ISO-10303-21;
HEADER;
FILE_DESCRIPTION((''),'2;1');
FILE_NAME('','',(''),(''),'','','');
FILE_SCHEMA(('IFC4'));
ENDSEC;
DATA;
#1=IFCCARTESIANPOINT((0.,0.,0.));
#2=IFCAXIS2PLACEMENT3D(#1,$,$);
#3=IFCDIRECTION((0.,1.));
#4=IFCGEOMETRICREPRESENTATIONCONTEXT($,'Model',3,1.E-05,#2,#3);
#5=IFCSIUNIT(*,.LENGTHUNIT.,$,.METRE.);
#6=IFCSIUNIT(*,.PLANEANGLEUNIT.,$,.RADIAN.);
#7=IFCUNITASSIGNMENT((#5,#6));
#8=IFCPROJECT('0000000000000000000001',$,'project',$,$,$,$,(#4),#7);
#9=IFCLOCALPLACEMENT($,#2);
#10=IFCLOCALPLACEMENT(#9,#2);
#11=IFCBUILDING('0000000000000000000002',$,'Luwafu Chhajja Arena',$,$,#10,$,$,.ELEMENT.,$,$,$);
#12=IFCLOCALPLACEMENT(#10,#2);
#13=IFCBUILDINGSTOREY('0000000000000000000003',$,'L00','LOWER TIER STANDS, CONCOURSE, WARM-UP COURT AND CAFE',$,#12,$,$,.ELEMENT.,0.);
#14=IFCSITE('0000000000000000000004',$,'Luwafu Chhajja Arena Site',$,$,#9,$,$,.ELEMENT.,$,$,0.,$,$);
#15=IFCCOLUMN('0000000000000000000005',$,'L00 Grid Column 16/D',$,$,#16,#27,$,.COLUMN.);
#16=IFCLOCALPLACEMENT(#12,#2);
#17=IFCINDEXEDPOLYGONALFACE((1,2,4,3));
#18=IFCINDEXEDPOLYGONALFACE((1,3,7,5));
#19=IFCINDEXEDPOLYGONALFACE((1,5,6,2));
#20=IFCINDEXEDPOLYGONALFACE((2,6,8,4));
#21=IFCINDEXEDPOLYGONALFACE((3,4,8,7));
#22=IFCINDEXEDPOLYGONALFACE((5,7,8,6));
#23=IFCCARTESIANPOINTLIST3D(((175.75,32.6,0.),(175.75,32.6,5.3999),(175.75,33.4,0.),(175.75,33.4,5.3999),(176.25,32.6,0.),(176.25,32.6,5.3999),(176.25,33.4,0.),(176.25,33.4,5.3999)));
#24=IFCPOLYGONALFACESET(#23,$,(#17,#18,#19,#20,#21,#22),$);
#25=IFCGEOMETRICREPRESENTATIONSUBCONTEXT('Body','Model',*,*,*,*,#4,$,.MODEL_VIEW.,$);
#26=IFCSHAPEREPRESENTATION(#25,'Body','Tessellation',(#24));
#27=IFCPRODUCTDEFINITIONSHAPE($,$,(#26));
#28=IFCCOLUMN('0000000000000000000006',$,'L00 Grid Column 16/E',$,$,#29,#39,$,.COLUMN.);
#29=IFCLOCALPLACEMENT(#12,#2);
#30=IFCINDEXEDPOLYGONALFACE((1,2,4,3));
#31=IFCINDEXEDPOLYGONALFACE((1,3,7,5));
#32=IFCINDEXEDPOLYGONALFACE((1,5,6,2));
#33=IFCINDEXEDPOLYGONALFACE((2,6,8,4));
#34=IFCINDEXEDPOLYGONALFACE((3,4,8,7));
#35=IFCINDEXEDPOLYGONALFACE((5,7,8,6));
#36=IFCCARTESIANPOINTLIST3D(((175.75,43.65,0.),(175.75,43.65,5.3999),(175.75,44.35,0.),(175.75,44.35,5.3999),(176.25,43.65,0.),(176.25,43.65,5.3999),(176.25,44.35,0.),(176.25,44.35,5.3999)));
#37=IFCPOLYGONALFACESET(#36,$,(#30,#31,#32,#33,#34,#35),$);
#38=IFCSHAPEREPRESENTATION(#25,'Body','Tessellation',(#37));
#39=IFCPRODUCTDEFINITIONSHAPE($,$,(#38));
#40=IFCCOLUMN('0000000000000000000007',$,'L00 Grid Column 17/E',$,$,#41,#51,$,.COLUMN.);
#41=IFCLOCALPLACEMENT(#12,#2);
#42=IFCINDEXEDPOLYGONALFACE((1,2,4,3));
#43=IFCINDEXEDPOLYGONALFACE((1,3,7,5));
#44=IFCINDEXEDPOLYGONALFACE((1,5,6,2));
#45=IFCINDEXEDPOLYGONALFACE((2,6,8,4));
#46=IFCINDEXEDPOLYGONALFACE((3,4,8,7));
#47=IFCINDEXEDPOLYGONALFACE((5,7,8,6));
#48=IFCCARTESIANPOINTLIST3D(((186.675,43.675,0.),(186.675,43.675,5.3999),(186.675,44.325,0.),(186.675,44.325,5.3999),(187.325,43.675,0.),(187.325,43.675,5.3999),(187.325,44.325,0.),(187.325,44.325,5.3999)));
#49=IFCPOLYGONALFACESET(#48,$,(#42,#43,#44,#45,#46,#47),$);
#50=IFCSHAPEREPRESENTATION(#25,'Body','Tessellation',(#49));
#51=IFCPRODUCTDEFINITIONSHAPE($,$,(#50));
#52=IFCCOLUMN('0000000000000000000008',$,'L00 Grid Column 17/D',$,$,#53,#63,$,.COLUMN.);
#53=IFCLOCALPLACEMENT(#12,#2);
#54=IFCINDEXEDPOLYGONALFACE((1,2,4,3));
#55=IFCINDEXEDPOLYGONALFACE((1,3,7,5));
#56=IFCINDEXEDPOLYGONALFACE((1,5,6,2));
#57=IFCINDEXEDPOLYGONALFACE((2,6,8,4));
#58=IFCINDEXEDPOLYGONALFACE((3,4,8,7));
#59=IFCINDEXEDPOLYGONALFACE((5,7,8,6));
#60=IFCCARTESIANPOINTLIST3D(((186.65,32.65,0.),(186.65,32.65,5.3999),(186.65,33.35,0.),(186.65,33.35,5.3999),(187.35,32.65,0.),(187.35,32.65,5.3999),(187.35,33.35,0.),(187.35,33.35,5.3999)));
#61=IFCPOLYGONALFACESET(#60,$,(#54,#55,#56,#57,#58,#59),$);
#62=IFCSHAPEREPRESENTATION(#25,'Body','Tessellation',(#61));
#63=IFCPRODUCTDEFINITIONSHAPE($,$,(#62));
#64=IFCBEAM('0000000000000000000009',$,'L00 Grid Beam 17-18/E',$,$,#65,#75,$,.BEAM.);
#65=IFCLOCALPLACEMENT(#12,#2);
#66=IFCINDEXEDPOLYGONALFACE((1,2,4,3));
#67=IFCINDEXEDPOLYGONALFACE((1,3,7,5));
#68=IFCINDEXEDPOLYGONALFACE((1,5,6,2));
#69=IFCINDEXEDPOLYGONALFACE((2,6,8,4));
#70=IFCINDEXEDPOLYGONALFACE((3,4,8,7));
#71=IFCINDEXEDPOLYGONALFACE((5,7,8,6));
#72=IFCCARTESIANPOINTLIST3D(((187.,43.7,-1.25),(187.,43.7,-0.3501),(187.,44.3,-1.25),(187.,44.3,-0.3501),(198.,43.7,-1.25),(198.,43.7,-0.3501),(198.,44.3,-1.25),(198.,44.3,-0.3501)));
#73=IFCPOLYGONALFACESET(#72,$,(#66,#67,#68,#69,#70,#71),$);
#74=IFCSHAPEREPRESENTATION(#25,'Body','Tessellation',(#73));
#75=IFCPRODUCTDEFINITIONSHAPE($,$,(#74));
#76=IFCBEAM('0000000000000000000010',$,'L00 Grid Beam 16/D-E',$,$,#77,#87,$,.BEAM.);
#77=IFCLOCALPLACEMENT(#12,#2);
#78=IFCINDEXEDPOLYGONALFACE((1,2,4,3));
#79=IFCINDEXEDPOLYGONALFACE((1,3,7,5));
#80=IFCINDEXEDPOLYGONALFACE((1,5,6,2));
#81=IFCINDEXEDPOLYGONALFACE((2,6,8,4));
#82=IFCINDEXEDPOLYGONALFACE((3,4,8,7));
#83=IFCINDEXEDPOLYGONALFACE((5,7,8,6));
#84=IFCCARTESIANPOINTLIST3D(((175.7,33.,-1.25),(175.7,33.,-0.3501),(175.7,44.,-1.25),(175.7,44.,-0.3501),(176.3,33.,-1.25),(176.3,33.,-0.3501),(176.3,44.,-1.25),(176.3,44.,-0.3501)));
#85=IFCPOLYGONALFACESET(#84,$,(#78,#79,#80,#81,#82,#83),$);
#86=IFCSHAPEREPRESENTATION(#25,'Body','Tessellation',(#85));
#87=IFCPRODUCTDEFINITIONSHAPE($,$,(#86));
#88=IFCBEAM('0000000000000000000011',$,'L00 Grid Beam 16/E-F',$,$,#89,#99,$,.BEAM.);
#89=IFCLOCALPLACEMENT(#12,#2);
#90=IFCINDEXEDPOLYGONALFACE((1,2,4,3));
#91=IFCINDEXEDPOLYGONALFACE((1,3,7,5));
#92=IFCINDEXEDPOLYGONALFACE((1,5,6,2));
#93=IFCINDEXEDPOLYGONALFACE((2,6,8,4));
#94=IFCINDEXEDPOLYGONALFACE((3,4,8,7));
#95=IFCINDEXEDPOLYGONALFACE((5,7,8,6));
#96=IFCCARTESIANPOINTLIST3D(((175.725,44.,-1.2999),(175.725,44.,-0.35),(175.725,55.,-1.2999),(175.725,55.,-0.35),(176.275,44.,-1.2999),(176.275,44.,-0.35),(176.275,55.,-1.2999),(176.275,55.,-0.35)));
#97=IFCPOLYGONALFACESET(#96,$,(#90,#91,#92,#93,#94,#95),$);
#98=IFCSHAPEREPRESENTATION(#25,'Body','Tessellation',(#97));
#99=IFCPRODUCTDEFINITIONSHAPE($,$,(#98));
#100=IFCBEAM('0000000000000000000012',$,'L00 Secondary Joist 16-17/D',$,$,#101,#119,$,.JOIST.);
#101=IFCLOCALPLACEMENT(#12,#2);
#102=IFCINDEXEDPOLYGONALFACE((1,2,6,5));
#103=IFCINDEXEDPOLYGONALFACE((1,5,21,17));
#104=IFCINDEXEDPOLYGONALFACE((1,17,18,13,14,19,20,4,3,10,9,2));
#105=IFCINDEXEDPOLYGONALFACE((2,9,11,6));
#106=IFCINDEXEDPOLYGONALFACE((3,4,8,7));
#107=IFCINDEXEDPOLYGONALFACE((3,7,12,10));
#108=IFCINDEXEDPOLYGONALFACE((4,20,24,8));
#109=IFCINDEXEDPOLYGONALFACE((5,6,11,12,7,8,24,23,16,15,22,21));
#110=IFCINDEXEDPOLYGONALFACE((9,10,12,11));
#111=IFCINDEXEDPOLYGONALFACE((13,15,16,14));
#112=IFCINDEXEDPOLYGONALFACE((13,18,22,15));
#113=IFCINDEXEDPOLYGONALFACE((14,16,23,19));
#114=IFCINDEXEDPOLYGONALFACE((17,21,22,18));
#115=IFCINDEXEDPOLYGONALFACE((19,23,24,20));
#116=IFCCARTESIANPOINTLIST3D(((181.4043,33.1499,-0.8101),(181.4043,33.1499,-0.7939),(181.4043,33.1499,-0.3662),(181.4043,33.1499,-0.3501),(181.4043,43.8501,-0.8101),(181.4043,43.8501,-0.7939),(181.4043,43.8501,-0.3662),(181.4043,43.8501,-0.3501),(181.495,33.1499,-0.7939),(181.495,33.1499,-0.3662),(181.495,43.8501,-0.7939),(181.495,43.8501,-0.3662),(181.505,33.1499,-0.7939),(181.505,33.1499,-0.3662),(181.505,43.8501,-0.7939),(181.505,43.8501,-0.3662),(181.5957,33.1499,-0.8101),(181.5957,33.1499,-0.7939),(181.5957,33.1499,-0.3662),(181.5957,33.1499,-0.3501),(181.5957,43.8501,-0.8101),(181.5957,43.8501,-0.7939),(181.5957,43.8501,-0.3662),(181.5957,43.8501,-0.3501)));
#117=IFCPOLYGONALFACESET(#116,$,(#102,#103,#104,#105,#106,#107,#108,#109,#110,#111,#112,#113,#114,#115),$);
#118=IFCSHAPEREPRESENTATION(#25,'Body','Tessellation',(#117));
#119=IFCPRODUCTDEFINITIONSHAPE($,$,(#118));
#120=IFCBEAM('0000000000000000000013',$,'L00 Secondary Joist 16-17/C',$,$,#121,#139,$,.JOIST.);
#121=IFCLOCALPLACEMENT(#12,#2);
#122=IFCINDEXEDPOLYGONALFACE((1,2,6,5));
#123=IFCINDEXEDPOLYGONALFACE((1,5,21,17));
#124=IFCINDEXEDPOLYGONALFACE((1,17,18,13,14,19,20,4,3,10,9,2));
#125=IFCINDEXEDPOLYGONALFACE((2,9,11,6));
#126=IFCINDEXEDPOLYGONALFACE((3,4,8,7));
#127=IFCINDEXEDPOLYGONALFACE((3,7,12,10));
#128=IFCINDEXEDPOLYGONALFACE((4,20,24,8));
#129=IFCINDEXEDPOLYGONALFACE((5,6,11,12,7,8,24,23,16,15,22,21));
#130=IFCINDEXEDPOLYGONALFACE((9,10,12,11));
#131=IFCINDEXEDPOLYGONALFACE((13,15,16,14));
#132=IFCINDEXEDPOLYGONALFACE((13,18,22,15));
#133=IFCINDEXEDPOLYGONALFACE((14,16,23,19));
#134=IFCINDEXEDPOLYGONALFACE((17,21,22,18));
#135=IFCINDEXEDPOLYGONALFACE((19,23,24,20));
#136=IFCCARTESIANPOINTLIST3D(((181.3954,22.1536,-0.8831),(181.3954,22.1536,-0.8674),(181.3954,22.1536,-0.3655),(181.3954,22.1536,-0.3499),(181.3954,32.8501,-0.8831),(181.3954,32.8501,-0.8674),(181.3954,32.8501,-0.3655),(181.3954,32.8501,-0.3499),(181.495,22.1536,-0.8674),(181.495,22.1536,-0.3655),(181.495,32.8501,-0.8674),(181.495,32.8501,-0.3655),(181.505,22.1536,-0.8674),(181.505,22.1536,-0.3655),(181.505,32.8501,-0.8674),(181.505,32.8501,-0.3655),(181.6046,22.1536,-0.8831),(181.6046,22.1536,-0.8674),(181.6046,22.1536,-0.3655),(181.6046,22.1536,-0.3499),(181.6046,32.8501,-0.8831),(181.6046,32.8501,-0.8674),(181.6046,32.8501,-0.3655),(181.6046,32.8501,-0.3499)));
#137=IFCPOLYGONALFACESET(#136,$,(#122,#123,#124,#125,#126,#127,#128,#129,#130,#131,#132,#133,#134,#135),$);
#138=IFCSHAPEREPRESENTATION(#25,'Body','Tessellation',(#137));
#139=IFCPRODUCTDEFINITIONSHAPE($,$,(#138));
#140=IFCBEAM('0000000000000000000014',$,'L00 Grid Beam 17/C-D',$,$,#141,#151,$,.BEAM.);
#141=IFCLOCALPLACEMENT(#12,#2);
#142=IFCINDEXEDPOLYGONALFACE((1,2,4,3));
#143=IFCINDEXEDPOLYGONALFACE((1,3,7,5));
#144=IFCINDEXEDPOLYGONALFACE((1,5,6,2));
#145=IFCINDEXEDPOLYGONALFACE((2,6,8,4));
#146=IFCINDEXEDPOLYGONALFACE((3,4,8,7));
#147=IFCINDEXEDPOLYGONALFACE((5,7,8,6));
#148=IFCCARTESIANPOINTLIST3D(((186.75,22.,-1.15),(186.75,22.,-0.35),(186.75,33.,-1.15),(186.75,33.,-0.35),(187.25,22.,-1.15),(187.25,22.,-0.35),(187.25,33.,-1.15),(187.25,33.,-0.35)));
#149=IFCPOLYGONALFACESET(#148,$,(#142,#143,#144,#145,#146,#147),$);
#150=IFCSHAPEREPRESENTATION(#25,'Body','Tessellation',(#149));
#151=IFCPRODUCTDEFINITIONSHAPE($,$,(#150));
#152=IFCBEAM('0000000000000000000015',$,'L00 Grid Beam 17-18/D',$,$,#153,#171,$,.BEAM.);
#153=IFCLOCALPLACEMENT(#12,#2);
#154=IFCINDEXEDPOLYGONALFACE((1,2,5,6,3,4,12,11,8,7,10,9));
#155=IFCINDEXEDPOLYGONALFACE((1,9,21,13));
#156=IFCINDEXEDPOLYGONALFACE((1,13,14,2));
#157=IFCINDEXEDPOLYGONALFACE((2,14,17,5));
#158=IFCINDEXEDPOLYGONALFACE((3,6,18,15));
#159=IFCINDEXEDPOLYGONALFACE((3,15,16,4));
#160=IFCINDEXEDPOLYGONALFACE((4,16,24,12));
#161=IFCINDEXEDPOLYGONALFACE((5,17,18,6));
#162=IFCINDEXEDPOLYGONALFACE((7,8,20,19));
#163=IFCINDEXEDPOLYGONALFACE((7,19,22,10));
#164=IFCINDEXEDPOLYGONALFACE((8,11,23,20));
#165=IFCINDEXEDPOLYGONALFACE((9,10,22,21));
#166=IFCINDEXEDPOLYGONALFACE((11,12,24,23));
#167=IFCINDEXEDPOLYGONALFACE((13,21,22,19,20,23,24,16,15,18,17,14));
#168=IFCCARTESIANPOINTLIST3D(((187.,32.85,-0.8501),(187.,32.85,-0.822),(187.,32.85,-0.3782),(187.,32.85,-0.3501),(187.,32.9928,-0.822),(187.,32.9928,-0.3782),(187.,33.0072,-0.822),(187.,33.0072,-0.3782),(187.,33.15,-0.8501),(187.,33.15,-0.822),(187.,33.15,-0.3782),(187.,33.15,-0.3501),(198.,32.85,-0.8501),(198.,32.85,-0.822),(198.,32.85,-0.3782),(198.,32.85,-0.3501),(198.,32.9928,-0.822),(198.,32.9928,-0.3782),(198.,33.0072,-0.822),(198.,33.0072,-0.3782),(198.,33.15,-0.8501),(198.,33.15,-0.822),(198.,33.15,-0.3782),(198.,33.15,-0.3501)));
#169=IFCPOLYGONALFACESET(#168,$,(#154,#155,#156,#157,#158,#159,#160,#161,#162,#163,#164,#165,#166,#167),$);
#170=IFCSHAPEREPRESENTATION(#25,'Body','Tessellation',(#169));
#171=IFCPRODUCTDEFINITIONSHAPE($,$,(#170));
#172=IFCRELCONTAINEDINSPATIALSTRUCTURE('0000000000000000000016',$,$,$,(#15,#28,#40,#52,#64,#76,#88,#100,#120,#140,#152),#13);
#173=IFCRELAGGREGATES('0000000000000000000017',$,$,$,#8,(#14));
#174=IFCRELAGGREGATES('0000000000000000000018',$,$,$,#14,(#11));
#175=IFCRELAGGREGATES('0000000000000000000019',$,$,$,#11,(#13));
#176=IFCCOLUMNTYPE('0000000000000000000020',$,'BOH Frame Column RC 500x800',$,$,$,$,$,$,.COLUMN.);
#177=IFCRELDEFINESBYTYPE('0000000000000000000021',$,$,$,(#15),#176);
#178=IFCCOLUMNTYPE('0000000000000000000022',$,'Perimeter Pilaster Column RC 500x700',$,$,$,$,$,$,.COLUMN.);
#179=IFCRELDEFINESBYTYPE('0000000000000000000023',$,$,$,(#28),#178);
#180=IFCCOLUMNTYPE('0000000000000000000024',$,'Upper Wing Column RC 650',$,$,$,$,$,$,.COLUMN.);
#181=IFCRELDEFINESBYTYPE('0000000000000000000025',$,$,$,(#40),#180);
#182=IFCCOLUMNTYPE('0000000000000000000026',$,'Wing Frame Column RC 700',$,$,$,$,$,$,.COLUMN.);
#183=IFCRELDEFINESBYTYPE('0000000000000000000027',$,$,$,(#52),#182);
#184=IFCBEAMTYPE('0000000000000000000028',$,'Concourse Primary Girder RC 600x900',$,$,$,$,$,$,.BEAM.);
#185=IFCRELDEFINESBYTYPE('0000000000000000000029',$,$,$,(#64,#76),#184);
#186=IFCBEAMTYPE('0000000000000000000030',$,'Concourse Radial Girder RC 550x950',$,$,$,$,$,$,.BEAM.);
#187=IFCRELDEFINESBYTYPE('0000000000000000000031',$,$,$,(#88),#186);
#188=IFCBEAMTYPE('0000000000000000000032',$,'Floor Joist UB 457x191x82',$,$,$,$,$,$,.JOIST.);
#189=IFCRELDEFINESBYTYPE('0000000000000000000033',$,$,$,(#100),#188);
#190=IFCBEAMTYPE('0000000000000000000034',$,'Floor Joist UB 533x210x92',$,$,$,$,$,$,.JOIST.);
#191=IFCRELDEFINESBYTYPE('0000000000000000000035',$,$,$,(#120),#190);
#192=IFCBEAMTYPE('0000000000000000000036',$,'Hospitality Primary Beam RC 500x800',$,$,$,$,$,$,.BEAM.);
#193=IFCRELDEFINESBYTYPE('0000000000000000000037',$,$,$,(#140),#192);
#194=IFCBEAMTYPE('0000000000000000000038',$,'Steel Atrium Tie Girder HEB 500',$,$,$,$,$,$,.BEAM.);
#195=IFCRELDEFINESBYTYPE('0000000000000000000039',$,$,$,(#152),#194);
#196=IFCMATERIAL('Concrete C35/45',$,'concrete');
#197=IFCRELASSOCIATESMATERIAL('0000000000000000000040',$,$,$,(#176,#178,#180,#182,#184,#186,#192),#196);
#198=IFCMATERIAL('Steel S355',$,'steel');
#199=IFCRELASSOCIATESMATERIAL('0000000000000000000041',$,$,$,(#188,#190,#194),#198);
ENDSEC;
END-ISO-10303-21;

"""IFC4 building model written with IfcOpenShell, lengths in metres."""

from ifc_helpers import new_model, si_unit, direction, frame, origin, origin_2d, place, context, subcontext, project, spatial, rectangle, i_section, extrude, material, material_profile, profile_set, type_object, element, save


model = new_model("IFC4")

# Units and contexts
model_context = context("Model", 3, precision=1e-05, world=origin(), true_north=direction((0.0, 1.0)))
body_context = subcontext(model_context, "Body", "Model", "MODEL_VIEW")
ifc_project = project(units=[si_unit("LENGTHUNIT", "METRE"), si_unit("PLANEANGLEUNIT", "RADIAN")], contexts=[model_context])

# Site, building, storey
site_placement = place(None, origin())
site = spatial("IfcSite", under=ifc_project, at=site_placement, Name="Luwafu Chhajja Arena Site", CompositionType="ELEMENT", RefElevation=0.0)
building_placement = place(site_placement, origin())
building = spatial("IfcBuilding", under=site, at=building_placement, Name="Luwafu Chhajja Arena", CompositionType="ELEMENT")
storey_placement = place(building_placement, origin())
storey = spatial("IfcBuildingStorey", under=building, at=storey_placement, Name="L00", Description="LOWER TIER STANDS, CONCOURSE, WARM-UP COURT AND CAFE", CompositionType="ELEMENT", Elevation=0.0)

# Columns
ifc_material_1 = material(Name="Concrete C35/45", Category="concrete")
ifc_material_profile_1 = material_profile(ifc_material_1, rectangle(XDim=0.5, YDim=0.8, at=origin_2d()), Name="RC 500x800")
ifc_profile_set_1 = profile_set([ifc_material_profile_1], Name="Concrete C35/45")
column_type_1 = type_object("IfcColumnType", Name="BOH Frame Column RC 500x800", PredefinedType="COLUMN", material=ifc_profile_set_1)
column_1_placement = place(storey_placement, frame((176.0, 33.0, 0.0), z_axis=(0.0, 0.0, 1.0), x_axis=(1.0, 0.0, 0.0)))
element("IfcColumn", 1, at=column_1_placement, inside=storey, type_object=column_type_1, Name="L00 Grid Column 16/D", PredefinedType="COLUMN", context=body_context, shape_type="SweptSolid", body=[
    extrude(rectangle(XDim=0.5, YDim=0.8, at=origin_2d()), origin(), (0.0, 0.0, 1.0), 5.3999),
])
ifc_material_profile_2 = material_profile(ifc_material_1, rectangle(XDim=0.5, YDim=0.7, at=origin_2d()), Name="RC 500x700")
ifc_profile_set_2 = profile_set([ifc_material_profile_2], Name="Concrete C35/45")
column_type_2 = type_object("IfcColumnType", Name="Perimeter Pilaster Column RC 500x700", PredefinedType="COLUMN", material=ifc_profile_set_2)
column_2_placement = place(storey_placement, frame((176.0, 44.0, 0.0), z_axis=(0.0, 0.0, 1.0), x_axis=(1.0, 0.0, 0.0)))
element("IfcColumn", 2, at=column_2_placement, inside=storey, type_object=column_type_2, Name="L00 Grid Column 16/E", PredefinedType="COLUMN", context=body_context, shape_type="SweptSolid", body=[
    extrude(rectangle(XDim=0.5, YDim=0.7, at=origin_2d()), origin(), (0.0, 0.0, 1.0), 5.3999),
])
ifc_material_profile_3 = material_profile(ifc_material_1, rectangle(XDim=0.6499, YDim=0.6499, at=origin_2d()), Name="RC 650x650")
ifc_profile_set_3 = profile_set([ifc_material_profile_3], Name="Concrete C35/45")
column_type_3 = type_object("IfcColumnType", Name="Upper Wing Column RC 650", PredefinedType="COLUMN", material=ifc_profile_set_3)
column_3_placement = place(storey_placement, frame((187.0, 44.0, 0.0), z_axis=(0.0, 0.0, 1.0), x_axis=(1.0, 0.0, 0.0)))
element("IfcColumn", 3, at=column_3_placement, inside=storey, type_object=column_type_3, Name="L00 Grid Column 17/E", PredefinedType="COLUMN", context=body_context, shape_type="SweptSolid", body=[
    extrude(rectangle(XDim=0.6499, YDim=0.6499, at=origin_2d()), origin(), (0.0, 0.0, 1.0), 5.3999),
])
ifc_material_profile_4 = material_profile(ifc_material_1, rectangle(XDim=0.7, YDim=0.7, at=origin_2d()), Name="RC 700x700")
ifc_profile_set_4 = profile_set([ifc_material_profile_4], Name="Concrete C35/45")
column_type_4 = type_object("IfcColumnType", Name="Wing Frame Column RC 700", PredefinedType="COLUMN", material=ifc_profile_set_4)
column_4_placement = place(storey_placement, frame((187.0, 33.0, 0.0), z_axis=(0.0, 0.0, 1.0), x_axis=(1.0, 0.0, 0.0)))
element("IfcColumn", 4, at=column_4_placement, inside=storey, type_object=column_type_4, Name="L00 Grid Column 17/D", PredefinedType="COLUMN", context=body_context, shape_type="SweptSolid", body=[
    extrude(rectangle(XDim=0.7, YDim=0.7, at=origin_2d()), origin(), (0.0, 0.0, 1.0), 5.3999),
])

# Beams
ifc_material_profile_5 = material_profile(ifc_material_1, rectangle(XDim=0.6001, YDim=0.8999, at=origin_2d()), Name="RC 600x900")
ifc_profile_set_5 = profile_set([ifc_material_profile_5], Name="Concrete C35/45")
beam_type_1 = type_object("IfcBeamType", Name="Concourse Primary Girder RC 600x900", PredefinedType="BEAM", material=ifc_profile_set_5)
for number, where, z_axis, x_axis, name in (
    (5, (187.0, 44.0, -0.8), (1.0, 0.0, 0.0), (0.0, 1.0, 0.0), "L00 Grid Beam 17-18/E"),
    (6, (176.0, 33.0, -0.8), (0.0, 1.0, 0.0), (-1.0, 0.0, 0.0), "L00 Grid Beam 16/D-E"),
):
    element("IfcBeam", number, at=place(storey_placement, frame(where, z_axis=z_axis, x_axis=x_axis)), inside=storey, type_object=beam_type_1, Name=name, PredefinedType="BEAM", context=body_context, shape_type="SweptSolid", body=[
        extrude(rectangle(XDim=0.6001, YDim=0.8999, at=origin_2d()), origin(), (0.0, 0.0, 1.0), 11.0),
    ])
ifc_material_profile_6 = material_profile(ifc_material_1, rectangle(XDim=0.55, YDim=0.95, at=origin_2d()), Name="RC 550x950")
ifc_profile_set_6 = profile_set([ifc_material_profile_6], Name="Concrete C35/45")
beam_type_2 = type_object("IfcBeamType", Name="Concourse Radial Girder RC 550x950", PredefinedType="BEAM", material=ifc_profile_set_6)
beam_1_placement = place(storey_placement, frame((176.0, 44.0, -0.825), z_axis=(0.0, 1.0, 0.0), x_axis=(-1.0, 0.0, 0.0)))
element("IfcBeam", 7, at=beam_1_placement, inside=storey, type_object=beam_type_2, Name="L00 Grid Beam 16/E-F", PredefinedType="BEAM", context=body_context, shape_type="SweptSolid", body=[
    extrude(rectangle(XDim=0.55, YDim=0.95, at=origin_2d()), origin(), (0.0, 0.0, 1.0), 11.0),
])
ifc_material_2 = material(Name="Steel S355", Category="steel")
ifc_material_profile_7 = material_profile(ifc_material_2, i_section(OverallWidth=0.1914, OverallDepth=0.46, WebThickness=0.01, FlangeThickness=0.0161, at=origin_2d()), Name="UB 457x191x82")
ifc_profile_set_7 = profile_set([ifc_material_profile_7], Name="Steel S355")
beam_type_3 = type_object("IfcBeamType", Name="Floor Joist UB 457x191x82", PredefinedType="JOIST", material=ifc_profile_set_7)
beam_2_placement = place(storey_placement, frame((181.5, 33.1499, -0.5801), z_axis=(0.0, 1.0, 0.0), x_axis=(-1.0, 0.0, 0.0)))
element("IfcBeam", 8, at=beam_2_placement, inside=storey, type_object=beam_type_3, Name="L00 Secondary Joist 16-17/D", PredefinedType="JOIST", context=body_context, shape_type="SweptSolid", body=[
    extrude(i_section(OverallWidth=0.1914, OverallDepth=0.46, WebThickness=0.01, FlangeThickness=0.0161, at=origin_2d()), origin(), (0.0, 0.0, 1.0), 10.7002),
])
ifc_material_profile_8 = material_profile(ifc_material_2, i_section(OverallWidth=0.2092, OverallDepth=0.5332, WebThickness=0.01, FlangeThickness=0.0156, at=origin_2d()), Name="UB 533x210x92")
ifc_profile_set_8 = profile_set([ifc_material_profile_8], Name="Steel S355")
beam_type_4 = type_object("IfcBeamType", Name="Floor Joist UB 533x210x92", PredefinedType="JOIST", material=ifc_profile_set_8)
beam_3_placement = place(storey_placement, frame((181.5, 22.1536, -0.6165), z_axis=(0.0, 1.0, 0.0), x_axis=(-1.0, 0.0, 0.0)))
element("IfcBeam", 9, at=beam_3_placement, inside=storey, type_object=beam_type_4, Name="L00 Secondary Joist 16-17/C", PredefinedType="JOIST", context=body_context, shape_type="SweptSolid", body=[
    extrude(i_section(OverallWidth=0.2092, OverallDepth=0.5332, WebThickness=0.01, FlangeThickness=0.0156, at=origin_2d()), origin(), (0.0, 0.0, 1.0), 10.6965),
])
ifc_material_profile_9 = material_profile(ifc_material_1, rectangle(XDim=0.5, YDim=0.8, at=origin_2d()), Name="RC 500x800")
ifc_profile_set_9 = profile_set([ifc_material_profile_9], Name="Concrete C35/45")
beam_type_5 = type_object("IfcBeamType", Name="Hospitality Primary Beam RC 500x800", PredefinedType="BEAM", material=ifc_profile_set_9)
beam_4_placement = place(storey_placement, frame((187.0, 22.0, -0.75), z_axis=(0.0, 1.0, 0.0), x_axis=(-1.0, 0.0, 0.0)))
element("IfcBeam", 10, at=beam_4_placement, inside=storey, type_object=beam_type_5, Name="L00 Grid Beam 17/C-D", PredefinedType="BEAM", context=body_context, shape_type="SweptSolid", body=[
    extrude(rectangle(XDim=0.5, YDim=0.8, at=origin_2d()), origin(), (0.0, 0.0, 1.0), 11.0),
])
ifc_material_profile_10 = material_profile(ifc_material_2, i_section(OverallWidth=0.3, OverallDepth=0.5, WebThickness=0.0144, FlangeThickness=0.0281, at=origin_2d()), Name="HEB 500")
ifc_profile_set_10 = profile_set([ifc_material_profile_10], Name="Steel S355")
beam_type_6 = type_object("IfcBeamType", Name="Steel Atrium Tie Girder HEB 500", PredefinedType="BEAM", material=ifc_profile_set_10)
beam_5_placement = place(storey_placement, frame((187.0, 33.0, -0.6001), z_axis=(1.0, 0.0, 0.0), x_axis=(0.0, 1.0, 0.0)))
element("IfcBeam", 11, at=beam_5_placement, inside=storey, type_object=beam_type_6, Name="L00 Grid Beam 17-18/D", PredefinedType="BEAM", context=body_context, shape_type="SweptSolid", body=[
    extrude(i_section(OverallWidth=0.3, OverallDepth=0.5, WebThickness=0.0144, FlangeThickness=0.0281, at=origin_2d()), origin(), (0.0, 0.0, 1.0), 11.0),
])

save(model, "model.ifc")
